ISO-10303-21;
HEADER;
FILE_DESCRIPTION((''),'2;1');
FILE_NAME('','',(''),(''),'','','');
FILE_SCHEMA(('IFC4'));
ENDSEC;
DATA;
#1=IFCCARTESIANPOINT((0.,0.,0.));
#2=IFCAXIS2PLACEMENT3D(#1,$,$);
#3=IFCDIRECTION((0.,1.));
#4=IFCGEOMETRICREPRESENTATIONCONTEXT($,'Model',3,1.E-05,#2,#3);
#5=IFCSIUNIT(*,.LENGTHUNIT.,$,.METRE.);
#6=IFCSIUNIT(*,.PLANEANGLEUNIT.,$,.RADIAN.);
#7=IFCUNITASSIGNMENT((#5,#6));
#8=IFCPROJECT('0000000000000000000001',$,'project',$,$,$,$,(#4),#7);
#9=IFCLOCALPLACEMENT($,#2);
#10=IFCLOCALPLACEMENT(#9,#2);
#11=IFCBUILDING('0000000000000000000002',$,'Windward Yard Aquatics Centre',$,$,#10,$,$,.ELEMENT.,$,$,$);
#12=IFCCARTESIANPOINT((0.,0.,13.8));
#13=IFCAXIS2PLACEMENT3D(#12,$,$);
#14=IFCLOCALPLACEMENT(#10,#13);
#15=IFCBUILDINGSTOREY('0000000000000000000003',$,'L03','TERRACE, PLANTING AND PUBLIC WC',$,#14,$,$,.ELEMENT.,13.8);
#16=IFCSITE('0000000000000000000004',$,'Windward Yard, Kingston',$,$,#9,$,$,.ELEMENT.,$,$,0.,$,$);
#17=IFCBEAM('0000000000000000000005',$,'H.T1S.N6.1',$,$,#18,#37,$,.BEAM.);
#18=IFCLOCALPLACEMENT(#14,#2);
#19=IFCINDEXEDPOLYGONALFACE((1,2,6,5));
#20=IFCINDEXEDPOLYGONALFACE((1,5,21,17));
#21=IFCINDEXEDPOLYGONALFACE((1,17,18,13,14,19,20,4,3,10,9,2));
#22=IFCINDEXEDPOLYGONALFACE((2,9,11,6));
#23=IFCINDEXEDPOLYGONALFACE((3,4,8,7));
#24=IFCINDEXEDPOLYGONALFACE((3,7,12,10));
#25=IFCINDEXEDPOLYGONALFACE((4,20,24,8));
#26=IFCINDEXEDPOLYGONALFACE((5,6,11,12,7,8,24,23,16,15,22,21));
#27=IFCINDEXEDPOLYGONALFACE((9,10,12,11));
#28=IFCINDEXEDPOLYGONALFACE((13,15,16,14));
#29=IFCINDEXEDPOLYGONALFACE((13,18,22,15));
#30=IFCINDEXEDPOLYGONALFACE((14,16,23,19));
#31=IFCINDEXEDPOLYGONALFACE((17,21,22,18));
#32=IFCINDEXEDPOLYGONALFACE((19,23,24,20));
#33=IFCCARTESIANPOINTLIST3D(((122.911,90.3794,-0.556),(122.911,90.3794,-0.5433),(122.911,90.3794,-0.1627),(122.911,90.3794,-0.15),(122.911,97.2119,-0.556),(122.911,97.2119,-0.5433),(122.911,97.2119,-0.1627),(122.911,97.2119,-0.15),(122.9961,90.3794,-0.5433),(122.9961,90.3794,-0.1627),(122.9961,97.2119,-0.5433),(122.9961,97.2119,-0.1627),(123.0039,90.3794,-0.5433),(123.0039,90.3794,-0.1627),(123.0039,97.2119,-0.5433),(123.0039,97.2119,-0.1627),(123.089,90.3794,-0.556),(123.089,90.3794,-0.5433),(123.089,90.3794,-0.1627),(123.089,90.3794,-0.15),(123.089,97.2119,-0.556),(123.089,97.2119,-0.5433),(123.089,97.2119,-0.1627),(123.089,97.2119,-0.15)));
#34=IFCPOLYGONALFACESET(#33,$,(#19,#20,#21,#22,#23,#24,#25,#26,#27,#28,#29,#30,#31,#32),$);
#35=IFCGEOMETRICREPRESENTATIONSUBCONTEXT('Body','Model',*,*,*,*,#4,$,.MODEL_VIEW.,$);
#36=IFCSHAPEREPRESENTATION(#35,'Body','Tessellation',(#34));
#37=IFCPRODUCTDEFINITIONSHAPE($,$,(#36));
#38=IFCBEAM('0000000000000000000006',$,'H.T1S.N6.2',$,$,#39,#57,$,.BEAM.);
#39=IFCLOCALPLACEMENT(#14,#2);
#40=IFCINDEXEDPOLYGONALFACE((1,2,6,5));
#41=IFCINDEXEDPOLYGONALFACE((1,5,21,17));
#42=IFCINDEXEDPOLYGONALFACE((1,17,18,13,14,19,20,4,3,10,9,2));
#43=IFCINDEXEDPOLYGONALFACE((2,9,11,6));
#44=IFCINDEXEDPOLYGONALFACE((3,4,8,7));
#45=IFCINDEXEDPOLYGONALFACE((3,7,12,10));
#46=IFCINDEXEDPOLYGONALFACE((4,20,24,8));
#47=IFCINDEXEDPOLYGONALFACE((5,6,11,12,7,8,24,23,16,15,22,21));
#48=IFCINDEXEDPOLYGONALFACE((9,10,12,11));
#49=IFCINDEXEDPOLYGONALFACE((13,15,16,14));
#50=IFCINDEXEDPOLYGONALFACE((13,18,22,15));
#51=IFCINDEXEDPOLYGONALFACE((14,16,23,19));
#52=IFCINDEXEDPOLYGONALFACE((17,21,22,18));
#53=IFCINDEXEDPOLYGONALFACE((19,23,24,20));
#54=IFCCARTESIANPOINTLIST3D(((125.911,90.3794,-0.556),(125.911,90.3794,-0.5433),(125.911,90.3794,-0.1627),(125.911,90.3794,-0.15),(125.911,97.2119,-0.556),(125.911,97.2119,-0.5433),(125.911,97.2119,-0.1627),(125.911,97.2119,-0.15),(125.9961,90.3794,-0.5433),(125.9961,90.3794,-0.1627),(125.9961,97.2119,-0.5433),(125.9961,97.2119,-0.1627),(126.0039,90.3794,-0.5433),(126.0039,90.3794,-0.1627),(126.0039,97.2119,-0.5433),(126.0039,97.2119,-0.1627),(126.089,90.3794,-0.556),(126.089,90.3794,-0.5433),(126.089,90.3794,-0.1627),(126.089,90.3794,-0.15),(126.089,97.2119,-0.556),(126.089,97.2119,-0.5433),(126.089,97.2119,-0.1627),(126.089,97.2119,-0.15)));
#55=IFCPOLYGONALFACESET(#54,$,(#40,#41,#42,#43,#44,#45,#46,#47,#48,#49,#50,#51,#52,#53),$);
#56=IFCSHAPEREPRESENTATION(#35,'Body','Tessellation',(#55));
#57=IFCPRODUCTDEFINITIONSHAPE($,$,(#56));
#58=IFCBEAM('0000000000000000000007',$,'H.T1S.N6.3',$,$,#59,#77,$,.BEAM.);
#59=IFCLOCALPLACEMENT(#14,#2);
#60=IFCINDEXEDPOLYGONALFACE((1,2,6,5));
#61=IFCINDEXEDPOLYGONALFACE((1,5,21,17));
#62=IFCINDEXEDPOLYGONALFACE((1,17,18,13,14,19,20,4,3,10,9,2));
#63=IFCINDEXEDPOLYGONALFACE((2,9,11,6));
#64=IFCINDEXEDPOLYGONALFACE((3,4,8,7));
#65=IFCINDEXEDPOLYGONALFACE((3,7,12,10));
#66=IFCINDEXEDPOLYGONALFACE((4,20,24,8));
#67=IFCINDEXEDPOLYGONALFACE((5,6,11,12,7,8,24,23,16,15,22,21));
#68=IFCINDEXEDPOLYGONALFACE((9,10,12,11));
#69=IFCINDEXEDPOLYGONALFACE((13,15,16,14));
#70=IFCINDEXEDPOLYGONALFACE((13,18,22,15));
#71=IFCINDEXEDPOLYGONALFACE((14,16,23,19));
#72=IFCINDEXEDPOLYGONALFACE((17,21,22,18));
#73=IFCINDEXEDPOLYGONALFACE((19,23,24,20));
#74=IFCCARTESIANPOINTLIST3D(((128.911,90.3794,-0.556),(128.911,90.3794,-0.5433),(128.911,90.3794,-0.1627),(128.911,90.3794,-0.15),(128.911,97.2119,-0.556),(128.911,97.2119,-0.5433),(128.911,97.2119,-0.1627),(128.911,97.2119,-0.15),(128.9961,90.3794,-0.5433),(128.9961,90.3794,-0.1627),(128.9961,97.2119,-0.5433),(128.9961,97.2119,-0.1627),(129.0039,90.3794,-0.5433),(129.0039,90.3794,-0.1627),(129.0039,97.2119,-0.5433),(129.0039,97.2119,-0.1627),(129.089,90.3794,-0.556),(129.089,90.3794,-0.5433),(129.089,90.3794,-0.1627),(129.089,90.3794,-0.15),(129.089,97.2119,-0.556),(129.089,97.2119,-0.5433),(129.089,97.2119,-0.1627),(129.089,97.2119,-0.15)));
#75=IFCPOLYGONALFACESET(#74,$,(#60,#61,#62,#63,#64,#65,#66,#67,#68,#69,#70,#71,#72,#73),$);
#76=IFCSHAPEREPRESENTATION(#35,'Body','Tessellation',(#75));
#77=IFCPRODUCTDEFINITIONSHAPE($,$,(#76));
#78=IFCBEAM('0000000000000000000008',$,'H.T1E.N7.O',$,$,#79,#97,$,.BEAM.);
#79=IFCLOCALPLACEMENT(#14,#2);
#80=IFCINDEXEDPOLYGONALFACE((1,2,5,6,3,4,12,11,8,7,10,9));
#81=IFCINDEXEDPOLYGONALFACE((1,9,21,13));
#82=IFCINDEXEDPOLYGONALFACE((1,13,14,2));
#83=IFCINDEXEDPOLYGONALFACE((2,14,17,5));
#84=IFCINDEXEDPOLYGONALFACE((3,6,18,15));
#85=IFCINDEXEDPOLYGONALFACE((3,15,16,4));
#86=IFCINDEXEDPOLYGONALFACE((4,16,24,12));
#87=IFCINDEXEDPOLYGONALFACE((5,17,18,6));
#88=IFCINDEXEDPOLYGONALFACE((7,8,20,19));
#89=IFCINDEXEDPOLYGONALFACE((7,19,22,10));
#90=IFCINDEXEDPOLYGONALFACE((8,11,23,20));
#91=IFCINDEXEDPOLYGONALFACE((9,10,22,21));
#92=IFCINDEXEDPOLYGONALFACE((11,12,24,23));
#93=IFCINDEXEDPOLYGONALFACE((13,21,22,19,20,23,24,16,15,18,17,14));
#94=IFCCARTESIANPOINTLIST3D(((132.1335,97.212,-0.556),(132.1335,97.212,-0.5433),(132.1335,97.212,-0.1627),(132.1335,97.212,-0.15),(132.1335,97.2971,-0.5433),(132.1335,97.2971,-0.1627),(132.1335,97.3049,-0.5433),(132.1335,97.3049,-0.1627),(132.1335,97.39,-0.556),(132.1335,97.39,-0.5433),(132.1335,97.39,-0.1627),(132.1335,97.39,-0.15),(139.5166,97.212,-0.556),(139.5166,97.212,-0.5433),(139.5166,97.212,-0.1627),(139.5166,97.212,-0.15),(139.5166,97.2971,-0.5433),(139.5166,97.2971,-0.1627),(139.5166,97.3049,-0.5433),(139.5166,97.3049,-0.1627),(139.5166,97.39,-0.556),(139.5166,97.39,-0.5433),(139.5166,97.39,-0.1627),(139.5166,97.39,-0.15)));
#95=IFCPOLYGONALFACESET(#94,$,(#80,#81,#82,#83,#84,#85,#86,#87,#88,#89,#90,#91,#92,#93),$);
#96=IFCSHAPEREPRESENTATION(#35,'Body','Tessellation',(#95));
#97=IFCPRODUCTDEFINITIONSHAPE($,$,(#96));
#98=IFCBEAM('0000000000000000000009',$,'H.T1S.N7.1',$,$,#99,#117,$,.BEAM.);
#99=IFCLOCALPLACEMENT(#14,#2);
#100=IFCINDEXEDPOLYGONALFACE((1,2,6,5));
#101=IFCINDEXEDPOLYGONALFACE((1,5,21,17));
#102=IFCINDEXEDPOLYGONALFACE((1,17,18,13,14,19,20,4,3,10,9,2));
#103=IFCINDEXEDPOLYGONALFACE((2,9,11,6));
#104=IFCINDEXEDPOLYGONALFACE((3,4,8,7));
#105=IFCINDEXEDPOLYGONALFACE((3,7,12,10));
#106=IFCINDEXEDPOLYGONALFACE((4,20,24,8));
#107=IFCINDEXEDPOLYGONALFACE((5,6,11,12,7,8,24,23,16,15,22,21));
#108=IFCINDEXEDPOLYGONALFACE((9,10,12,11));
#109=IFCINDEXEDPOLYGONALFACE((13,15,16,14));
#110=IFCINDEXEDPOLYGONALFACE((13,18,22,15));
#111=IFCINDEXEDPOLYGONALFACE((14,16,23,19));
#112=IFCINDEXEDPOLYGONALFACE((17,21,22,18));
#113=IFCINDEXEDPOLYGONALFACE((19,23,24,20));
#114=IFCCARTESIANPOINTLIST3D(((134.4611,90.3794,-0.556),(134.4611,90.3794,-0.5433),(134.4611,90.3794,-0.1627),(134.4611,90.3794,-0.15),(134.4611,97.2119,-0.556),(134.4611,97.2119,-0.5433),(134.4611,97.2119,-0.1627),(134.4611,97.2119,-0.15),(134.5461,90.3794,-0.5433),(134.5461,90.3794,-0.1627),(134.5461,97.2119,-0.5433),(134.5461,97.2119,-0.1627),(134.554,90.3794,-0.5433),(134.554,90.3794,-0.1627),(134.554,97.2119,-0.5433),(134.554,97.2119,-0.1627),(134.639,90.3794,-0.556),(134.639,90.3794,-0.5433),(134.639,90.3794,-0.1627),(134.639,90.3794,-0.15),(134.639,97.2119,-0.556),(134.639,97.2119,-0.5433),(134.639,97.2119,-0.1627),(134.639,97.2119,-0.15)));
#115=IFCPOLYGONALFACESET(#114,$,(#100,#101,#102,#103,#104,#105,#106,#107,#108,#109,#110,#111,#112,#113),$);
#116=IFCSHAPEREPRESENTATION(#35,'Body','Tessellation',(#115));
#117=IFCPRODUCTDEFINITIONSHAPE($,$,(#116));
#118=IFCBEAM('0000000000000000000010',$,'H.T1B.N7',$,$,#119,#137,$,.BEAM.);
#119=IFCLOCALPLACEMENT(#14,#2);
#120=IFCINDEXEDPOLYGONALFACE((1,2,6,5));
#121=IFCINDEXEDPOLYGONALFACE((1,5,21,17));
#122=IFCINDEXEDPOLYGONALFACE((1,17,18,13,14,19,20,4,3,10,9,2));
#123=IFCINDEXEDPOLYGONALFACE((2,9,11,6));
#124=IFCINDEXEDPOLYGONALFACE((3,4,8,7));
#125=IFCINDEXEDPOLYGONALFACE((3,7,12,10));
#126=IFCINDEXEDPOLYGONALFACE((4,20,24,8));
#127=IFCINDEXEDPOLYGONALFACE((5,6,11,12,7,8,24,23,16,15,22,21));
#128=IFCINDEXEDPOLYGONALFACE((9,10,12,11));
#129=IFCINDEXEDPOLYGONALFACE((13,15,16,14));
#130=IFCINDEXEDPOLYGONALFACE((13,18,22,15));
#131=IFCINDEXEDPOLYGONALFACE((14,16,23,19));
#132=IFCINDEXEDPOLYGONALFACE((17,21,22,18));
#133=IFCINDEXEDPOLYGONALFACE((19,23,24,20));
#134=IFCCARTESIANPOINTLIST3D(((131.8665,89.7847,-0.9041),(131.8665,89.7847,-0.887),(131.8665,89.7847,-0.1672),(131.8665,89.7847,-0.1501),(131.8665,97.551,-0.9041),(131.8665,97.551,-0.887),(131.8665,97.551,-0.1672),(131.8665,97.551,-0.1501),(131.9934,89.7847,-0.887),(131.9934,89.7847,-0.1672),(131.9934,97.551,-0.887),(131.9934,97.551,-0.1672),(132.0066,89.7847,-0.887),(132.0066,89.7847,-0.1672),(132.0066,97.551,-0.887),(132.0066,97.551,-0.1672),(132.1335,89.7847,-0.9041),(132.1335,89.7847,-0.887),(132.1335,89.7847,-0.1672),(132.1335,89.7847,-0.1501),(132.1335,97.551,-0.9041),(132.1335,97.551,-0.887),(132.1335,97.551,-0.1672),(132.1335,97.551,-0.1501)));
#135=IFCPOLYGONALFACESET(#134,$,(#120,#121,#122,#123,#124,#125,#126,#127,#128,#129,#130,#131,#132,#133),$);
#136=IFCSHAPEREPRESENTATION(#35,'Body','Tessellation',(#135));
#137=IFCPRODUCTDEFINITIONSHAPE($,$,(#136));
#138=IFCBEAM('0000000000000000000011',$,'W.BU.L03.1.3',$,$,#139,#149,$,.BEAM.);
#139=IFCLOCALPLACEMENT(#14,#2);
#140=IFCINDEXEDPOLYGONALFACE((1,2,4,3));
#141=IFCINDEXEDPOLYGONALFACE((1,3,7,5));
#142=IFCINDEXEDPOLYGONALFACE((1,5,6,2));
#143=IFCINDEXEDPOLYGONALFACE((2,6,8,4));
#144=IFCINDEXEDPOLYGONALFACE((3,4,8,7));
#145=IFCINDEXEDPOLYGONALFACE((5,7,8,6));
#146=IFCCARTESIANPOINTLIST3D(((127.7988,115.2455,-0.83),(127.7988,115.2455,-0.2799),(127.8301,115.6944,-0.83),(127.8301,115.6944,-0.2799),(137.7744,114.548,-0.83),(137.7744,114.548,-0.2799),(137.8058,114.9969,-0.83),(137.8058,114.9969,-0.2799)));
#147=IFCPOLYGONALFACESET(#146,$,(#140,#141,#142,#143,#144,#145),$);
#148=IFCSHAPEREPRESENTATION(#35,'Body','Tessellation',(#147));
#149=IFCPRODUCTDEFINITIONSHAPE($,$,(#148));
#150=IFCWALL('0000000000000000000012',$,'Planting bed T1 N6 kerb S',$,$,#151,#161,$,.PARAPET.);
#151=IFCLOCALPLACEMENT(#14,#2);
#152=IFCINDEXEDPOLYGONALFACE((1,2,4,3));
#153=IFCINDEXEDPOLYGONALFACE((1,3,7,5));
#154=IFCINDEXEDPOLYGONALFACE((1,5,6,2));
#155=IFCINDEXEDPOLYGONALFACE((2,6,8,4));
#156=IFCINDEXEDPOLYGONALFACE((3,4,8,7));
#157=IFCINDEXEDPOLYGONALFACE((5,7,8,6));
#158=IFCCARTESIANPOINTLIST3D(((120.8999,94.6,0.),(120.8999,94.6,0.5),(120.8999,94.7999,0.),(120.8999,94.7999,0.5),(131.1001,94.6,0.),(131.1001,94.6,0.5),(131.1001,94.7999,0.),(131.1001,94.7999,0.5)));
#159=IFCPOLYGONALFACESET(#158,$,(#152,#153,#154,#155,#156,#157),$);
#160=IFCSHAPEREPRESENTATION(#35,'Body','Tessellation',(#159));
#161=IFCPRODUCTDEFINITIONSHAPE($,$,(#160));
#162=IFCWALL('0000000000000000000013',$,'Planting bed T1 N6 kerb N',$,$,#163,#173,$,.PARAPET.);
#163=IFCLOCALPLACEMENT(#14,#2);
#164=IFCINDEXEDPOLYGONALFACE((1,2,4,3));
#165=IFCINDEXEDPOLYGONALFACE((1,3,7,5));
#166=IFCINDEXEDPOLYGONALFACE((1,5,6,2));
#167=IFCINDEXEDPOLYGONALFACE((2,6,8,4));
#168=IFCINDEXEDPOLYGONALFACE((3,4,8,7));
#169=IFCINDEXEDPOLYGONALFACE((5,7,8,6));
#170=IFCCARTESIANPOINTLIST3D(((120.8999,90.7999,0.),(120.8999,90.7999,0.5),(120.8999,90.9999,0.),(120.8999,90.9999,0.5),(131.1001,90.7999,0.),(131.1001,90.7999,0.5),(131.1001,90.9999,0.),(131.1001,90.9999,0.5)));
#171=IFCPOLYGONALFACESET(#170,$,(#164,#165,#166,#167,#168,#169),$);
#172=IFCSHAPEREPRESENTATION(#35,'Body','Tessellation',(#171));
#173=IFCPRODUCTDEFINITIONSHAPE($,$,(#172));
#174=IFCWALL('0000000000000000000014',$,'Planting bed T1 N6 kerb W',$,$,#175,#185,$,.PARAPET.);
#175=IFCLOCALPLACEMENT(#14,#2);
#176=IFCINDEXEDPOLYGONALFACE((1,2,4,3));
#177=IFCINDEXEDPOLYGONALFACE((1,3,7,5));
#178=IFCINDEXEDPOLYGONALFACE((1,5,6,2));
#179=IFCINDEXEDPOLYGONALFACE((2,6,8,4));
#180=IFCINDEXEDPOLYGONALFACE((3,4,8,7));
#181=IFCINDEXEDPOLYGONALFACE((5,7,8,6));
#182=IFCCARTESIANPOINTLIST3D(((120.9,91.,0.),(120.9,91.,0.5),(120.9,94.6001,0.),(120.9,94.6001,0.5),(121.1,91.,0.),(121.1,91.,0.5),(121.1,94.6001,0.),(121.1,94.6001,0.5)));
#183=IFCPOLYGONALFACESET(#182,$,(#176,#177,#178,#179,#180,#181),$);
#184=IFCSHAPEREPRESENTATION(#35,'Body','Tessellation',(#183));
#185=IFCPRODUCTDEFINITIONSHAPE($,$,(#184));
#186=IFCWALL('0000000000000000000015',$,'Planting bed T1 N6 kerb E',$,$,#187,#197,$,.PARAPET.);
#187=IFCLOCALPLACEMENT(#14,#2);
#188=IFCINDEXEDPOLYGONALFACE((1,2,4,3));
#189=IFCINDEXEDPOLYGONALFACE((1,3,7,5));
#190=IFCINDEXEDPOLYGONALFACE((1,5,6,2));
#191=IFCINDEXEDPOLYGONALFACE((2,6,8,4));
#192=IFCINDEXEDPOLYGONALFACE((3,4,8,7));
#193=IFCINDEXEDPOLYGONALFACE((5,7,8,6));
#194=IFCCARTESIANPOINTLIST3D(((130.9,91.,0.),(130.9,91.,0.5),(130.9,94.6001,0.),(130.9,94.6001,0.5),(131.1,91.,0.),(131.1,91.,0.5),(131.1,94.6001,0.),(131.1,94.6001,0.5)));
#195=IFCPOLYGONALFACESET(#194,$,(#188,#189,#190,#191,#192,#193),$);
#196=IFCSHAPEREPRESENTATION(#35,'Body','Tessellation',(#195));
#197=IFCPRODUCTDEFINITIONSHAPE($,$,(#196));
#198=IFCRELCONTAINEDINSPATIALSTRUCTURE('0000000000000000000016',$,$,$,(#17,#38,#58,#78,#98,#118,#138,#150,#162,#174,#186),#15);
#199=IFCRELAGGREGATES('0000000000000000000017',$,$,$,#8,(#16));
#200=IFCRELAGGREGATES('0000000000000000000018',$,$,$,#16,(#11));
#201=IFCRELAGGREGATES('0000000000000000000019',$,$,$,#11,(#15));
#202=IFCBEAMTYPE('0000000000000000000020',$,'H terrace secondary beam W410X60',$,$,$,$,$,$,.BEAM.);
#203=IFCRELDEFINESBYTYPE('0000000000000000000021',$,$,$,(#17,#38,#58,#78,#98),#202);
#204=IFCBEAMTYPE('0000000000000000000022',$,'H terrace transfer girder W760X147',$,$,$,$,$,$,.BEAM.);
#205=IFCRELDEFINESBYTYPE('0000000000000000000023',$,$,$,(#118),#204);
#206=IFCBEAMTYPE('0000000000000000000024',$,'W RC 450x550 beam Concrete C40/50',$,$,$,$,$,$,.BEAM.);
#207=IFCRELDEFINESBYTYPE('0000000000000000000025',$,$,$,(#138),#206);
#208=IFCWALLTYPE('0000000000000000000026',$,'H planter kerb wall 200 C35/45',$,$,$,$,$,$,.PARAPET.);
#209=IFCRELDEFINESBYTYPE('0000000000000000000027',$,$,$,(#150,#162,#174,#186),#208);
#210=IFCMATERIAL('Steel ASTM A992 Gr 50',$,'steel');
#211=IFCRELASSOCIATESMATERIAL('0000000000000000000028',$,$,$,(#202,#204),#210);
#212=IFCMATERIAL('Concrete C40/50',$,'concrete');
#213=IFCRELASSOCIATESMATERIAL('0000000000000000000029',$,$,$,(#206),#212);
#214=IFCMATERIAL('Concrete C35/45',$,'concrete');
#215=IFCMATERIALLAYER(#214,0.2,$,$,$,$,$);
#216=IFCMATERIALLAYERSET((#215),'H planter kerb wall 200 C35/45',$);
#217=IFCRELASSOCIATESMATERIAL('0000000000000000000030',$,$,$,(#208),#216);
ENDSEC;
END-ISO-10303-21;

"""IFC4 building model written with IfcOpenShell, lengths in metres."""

from ifc_helpers import new_model, si_unit, direction, frame, frame_2d, origin, origin_2d, place, context, subcontext, project, spatial, rectangle, i_section, extrude, material, layer, layer_set, material_profile, profile_set, type_object, element, save


model = new_model("IFC4")

# Units and contexts
model_context = context("Model", 3, precision=1e-05, world=origin(), true_north=direction((0.0, 1.0)))
body_context = subcontext(model_context, "Body", "Model", "MODEL_VIEW")
ifc_project = project(units=[si_unit("LENGTHUNIT", "METRE"), si_unit("PLANEANGLEUNIT", "RADIAN")], contexts=[model_context])

# Site, building, storey
site_placement = place(None, origin())
site = spatial("IfcSite", under=ifc_project, at=site_placement, Name="Windward Yard, Kingston", CompositionType="ELEMENT", RefElevation=0.0)
building_placement = place(site_placement, origin())
building = spatial("IfcBuilding", under=site, at=building_placement, Name="Windward Yard Aquatics Centre", CompositionType="ELEMENT")
storey_placement = place(building_placement, frame((0.0, 0.0, 13.8)))
storey = spatial("IfcBuildingStorey", under=building, at=storey_placement, Name="L03", Description="TERRACE, PLANTING AND PUBLIC WC", CompositionType="ELEMENT", Elevation=13.8)

# Beams
ifc_material_1 = material(Name="Steel ASTM A992 Gr 50", Category="steel")
ifc_material_profile_1 = material_profile(ifc_material_1, i_section(OverallWidth=0.178, OverallDepth=0.406, WebThickness=0.0078, FlangeThickness=0.0127, at=origin_2d()), Name="W410X60")
ifc_profile_set_1 = profile_set([ifc_material_profile_1], Name="Steel ASTM A992 Gr 50")
beam_type_1 = type_object("IfcBeamType", Name="H terrace secondary beam W410X60", PredefinedType="BEAM", material=ifc_profile_set_1)
for number, where, z_axis, x_axis, name in (
    (1, (123.0, 97.2119, -0.353), (0.0, -1.0, 0.0), (1.0, 0.0, 0.0), "H.T1S.N6.1"),
    (2, (126.0, 97.2119, -0.353), (0.0, -1.0, 0.0), (1.0, 0.0, 0.0), "H.T1S.N6.2"),
    (3, (129.0, 97.2119, -0.353), (0.0, -1.0, 0.0), (1.0, 0.0, 0.0), "H.T1S.N6.3"),
):
    element("IfcBeam", number, at=place(storey_placement, frame(where, z_axis=z_axis, x_axis=x_axis)), inside=storey, type_object=beam_type_1, Name=name, PredefinedType="BEAM", context=body_context, shape_type="SweptSolid", body=[
        extrude(i_section(OverallWidth=0.178, OverallDepth=0.406, WebThickness=0.0078, FlangeThickness=0.0127, at=origin_2d()), origin(), (0.0, 0.0, 1.0), 6.8325),
    ])
beam_1_placement = place(storey_placement, frame((132.1335, 97.301, -0.353), z_axis=(1.0, 0.0, 0.0), x_axis=(0.0, 1.0, 0.0)))
element("IfcBeam", 4, at=beam_1_placement, inside=storey, type_object=beam_type_1, Name="H.T1E.N7.O", PredefinedType="BEAM", context=body_context, shape_type="SweptSolid", body=[
    extrude(i_section(OverallWidth=0.178, OverallDepth=0.406, WebThickness=0.0078, FlangeThickness=0.0127, at=origin_2d()), origin(), (0.0, 0.0, 1.0), 7.3831),
])
beam_2_placement = place(storey_placement, frame((134.55, 97.2119, -0.353), z_axis=(0.0, -1.0, 0.0), x_axis=(1.0, 0.0, 0.0)))
element("IfcBeam", 5, at=beam_2_placement, inside=storey, type_object=beam_type_1, Name="H.T1S.N7.1", PredefinedType="BEAM", context=body_context, shape_type="SweptSolid", body=[
    extrude(i_section(OverallWidth=0.178, OverallDepth=0.406, WebThickness=0.0078, FlangeThickness=0.0127, at=origin_2d()), origin(), (0.0, 0.0, 1.0), 6.8325),
])
ifc_material_profile_2 = material_profile(ifc_material_1, i_section(OverallWidth=0.2671, OverallDepth=0.7539, WebThickness=0.0132, FlangeThickness=0.0171, at=origin_2d()), Name="W760X147")
ifc_profile_set_2 = profile_set([ifc_material_profile_2], Name="Steel ASTM A992 Gr 50")
beam_type_2 = type_object("IfcBeamType", Name="H terrace transfer girder W760X147", PredefinedType="BEAM", material=ifc_profile_set_2)
beam_3_placement = place(storey_placement, frame((132.0, 97.551, -0.5271), z_axis=(0.0, -1.0, 0.0), x_axis=(1.0, 0.0, 0.0)))
element("IfcBeam", 6, at=beam_3_placement, inside=storey, type_object=beam_type_2, Name="H.T1B.N7", PredefinedType="BEAM", context=body_context, shape_type="SweptSolid", body=[
    extrude(i_section(OverallWidth=0.2671, OverallDepth=0.7539, WebThickness=0.0132, FlangeThickness=0.0171, at=origin_2d()), origin(), (0.0, 0.0, 1.0), 7.7664),
])
ifc_material_2 = material(Name="Concrete C40/50", Category="concrete")
ifc_material_profile_3 = material_profile(ifc_material_2, rectangle(XDim=0.45, YDim=0.55, at=origin_2d()), Name="RC 450x550")
ifc_profile_set_3 = profile_set([ifc_material_profile_3], Name="Concrete C40/50")
beam_type_3 = type_object("IfcBeamType", Name="W RC 450x550 beam Concrete C40/50", PredefinedType="BEAM", material=ifc_profile_set_3)
beam_4_placement = place(storey_placement, frame((127.8145, 115.47, -0.5549), z_axis=(0.997564, -0.069751, 0.0), x_axis=(0.069751, 0.997564, 0.0)))
element("IfcBeam", 7, at=beam_4_placement, inside=storey, type_object=beam_type_3, Name="W.BU.L03.1.3", PredefinedType="BEAM", context=body_context, shape_type="SweptSolid", body=[
    extrude(rectangle(XDim=0.45, YDim=0.55, at=origin_2d()), origin(), (0.0, 0.0, 1.0), 10.0),
])

# Walls
ifc_material_3 = material(Name="Concrete C35/45", Category="concrete")
ifc_layer_1 = layer(ifc_material_3, 0.2)
ifc_layer_set_1 = layer_set([ifc_layer_1], Name="H planter kerb wall 200 C35/45")
wall_type_1 = type_object("IfcWallType", Name="H planter kerb wall 200 C35/45", PredefinedType="PARAPET", material=ifc_layer_set_1)
for number, where, z_axis, x_axis, name in (
    (8, (120.8999, 94.7, 0.0), (0.0, 0.0, 1.0), (1.0, 0.0, 0.0), "Planting bed T1 N6 kerb S"),
    (9, (120.8999, 90.8999, 0.0), (0.0, 0.0, 1.0), (1.0, 0.0, 0.0), "Planting bed T1 N6 kerb N"),
):
    element("IfcWall", number, at=place(storey_placement, frame(where, z_axis=z_axis, x_axis=x_axis)), inside=storey, type_object=wall_type_1, Name=name, PredefinedType="PARAPET", context=body_context, shape_type="SweptSolid", body=[
        extrude(rectangle(XDim=10.2002, YDim=0.2, at=frame_2d((5.1001, 0.0))), origin(), (0.0, 0.0, 1.0), 0.5),
    ])
for number, where, z_axis, x_axis, name in (
    (10, (121.0, 94.6001, 0.0), (0.0, 0.0, 1.0), (0.0, -1.0, 0.0), "Planting bed T1 N6 kerb W"),
    (11, (131.0, 94.6001, 0.0), (0.0, 0.0, 1.0), (0.0, -1.0, 0.0), "Planting bed T1 N6 kerb E"),
):
    element("IfcWall", number, at=place(storey_placement, frame(where, z_axis=z_axis, x_axis=x_axis)), inside=storey, type_object=wall_type_1, Name=name, PredefinedType="PARAPET", context=body_context, shape_type="SweptSolid", body=[
        extrude(rectangle(XDim=3.6001, YDim=0.2, at=frame_2d((1.8, 0.0))), origin(), (0.0, 0.0, 1.0), 0.5),
    ])

save(model, "model.ifc")
